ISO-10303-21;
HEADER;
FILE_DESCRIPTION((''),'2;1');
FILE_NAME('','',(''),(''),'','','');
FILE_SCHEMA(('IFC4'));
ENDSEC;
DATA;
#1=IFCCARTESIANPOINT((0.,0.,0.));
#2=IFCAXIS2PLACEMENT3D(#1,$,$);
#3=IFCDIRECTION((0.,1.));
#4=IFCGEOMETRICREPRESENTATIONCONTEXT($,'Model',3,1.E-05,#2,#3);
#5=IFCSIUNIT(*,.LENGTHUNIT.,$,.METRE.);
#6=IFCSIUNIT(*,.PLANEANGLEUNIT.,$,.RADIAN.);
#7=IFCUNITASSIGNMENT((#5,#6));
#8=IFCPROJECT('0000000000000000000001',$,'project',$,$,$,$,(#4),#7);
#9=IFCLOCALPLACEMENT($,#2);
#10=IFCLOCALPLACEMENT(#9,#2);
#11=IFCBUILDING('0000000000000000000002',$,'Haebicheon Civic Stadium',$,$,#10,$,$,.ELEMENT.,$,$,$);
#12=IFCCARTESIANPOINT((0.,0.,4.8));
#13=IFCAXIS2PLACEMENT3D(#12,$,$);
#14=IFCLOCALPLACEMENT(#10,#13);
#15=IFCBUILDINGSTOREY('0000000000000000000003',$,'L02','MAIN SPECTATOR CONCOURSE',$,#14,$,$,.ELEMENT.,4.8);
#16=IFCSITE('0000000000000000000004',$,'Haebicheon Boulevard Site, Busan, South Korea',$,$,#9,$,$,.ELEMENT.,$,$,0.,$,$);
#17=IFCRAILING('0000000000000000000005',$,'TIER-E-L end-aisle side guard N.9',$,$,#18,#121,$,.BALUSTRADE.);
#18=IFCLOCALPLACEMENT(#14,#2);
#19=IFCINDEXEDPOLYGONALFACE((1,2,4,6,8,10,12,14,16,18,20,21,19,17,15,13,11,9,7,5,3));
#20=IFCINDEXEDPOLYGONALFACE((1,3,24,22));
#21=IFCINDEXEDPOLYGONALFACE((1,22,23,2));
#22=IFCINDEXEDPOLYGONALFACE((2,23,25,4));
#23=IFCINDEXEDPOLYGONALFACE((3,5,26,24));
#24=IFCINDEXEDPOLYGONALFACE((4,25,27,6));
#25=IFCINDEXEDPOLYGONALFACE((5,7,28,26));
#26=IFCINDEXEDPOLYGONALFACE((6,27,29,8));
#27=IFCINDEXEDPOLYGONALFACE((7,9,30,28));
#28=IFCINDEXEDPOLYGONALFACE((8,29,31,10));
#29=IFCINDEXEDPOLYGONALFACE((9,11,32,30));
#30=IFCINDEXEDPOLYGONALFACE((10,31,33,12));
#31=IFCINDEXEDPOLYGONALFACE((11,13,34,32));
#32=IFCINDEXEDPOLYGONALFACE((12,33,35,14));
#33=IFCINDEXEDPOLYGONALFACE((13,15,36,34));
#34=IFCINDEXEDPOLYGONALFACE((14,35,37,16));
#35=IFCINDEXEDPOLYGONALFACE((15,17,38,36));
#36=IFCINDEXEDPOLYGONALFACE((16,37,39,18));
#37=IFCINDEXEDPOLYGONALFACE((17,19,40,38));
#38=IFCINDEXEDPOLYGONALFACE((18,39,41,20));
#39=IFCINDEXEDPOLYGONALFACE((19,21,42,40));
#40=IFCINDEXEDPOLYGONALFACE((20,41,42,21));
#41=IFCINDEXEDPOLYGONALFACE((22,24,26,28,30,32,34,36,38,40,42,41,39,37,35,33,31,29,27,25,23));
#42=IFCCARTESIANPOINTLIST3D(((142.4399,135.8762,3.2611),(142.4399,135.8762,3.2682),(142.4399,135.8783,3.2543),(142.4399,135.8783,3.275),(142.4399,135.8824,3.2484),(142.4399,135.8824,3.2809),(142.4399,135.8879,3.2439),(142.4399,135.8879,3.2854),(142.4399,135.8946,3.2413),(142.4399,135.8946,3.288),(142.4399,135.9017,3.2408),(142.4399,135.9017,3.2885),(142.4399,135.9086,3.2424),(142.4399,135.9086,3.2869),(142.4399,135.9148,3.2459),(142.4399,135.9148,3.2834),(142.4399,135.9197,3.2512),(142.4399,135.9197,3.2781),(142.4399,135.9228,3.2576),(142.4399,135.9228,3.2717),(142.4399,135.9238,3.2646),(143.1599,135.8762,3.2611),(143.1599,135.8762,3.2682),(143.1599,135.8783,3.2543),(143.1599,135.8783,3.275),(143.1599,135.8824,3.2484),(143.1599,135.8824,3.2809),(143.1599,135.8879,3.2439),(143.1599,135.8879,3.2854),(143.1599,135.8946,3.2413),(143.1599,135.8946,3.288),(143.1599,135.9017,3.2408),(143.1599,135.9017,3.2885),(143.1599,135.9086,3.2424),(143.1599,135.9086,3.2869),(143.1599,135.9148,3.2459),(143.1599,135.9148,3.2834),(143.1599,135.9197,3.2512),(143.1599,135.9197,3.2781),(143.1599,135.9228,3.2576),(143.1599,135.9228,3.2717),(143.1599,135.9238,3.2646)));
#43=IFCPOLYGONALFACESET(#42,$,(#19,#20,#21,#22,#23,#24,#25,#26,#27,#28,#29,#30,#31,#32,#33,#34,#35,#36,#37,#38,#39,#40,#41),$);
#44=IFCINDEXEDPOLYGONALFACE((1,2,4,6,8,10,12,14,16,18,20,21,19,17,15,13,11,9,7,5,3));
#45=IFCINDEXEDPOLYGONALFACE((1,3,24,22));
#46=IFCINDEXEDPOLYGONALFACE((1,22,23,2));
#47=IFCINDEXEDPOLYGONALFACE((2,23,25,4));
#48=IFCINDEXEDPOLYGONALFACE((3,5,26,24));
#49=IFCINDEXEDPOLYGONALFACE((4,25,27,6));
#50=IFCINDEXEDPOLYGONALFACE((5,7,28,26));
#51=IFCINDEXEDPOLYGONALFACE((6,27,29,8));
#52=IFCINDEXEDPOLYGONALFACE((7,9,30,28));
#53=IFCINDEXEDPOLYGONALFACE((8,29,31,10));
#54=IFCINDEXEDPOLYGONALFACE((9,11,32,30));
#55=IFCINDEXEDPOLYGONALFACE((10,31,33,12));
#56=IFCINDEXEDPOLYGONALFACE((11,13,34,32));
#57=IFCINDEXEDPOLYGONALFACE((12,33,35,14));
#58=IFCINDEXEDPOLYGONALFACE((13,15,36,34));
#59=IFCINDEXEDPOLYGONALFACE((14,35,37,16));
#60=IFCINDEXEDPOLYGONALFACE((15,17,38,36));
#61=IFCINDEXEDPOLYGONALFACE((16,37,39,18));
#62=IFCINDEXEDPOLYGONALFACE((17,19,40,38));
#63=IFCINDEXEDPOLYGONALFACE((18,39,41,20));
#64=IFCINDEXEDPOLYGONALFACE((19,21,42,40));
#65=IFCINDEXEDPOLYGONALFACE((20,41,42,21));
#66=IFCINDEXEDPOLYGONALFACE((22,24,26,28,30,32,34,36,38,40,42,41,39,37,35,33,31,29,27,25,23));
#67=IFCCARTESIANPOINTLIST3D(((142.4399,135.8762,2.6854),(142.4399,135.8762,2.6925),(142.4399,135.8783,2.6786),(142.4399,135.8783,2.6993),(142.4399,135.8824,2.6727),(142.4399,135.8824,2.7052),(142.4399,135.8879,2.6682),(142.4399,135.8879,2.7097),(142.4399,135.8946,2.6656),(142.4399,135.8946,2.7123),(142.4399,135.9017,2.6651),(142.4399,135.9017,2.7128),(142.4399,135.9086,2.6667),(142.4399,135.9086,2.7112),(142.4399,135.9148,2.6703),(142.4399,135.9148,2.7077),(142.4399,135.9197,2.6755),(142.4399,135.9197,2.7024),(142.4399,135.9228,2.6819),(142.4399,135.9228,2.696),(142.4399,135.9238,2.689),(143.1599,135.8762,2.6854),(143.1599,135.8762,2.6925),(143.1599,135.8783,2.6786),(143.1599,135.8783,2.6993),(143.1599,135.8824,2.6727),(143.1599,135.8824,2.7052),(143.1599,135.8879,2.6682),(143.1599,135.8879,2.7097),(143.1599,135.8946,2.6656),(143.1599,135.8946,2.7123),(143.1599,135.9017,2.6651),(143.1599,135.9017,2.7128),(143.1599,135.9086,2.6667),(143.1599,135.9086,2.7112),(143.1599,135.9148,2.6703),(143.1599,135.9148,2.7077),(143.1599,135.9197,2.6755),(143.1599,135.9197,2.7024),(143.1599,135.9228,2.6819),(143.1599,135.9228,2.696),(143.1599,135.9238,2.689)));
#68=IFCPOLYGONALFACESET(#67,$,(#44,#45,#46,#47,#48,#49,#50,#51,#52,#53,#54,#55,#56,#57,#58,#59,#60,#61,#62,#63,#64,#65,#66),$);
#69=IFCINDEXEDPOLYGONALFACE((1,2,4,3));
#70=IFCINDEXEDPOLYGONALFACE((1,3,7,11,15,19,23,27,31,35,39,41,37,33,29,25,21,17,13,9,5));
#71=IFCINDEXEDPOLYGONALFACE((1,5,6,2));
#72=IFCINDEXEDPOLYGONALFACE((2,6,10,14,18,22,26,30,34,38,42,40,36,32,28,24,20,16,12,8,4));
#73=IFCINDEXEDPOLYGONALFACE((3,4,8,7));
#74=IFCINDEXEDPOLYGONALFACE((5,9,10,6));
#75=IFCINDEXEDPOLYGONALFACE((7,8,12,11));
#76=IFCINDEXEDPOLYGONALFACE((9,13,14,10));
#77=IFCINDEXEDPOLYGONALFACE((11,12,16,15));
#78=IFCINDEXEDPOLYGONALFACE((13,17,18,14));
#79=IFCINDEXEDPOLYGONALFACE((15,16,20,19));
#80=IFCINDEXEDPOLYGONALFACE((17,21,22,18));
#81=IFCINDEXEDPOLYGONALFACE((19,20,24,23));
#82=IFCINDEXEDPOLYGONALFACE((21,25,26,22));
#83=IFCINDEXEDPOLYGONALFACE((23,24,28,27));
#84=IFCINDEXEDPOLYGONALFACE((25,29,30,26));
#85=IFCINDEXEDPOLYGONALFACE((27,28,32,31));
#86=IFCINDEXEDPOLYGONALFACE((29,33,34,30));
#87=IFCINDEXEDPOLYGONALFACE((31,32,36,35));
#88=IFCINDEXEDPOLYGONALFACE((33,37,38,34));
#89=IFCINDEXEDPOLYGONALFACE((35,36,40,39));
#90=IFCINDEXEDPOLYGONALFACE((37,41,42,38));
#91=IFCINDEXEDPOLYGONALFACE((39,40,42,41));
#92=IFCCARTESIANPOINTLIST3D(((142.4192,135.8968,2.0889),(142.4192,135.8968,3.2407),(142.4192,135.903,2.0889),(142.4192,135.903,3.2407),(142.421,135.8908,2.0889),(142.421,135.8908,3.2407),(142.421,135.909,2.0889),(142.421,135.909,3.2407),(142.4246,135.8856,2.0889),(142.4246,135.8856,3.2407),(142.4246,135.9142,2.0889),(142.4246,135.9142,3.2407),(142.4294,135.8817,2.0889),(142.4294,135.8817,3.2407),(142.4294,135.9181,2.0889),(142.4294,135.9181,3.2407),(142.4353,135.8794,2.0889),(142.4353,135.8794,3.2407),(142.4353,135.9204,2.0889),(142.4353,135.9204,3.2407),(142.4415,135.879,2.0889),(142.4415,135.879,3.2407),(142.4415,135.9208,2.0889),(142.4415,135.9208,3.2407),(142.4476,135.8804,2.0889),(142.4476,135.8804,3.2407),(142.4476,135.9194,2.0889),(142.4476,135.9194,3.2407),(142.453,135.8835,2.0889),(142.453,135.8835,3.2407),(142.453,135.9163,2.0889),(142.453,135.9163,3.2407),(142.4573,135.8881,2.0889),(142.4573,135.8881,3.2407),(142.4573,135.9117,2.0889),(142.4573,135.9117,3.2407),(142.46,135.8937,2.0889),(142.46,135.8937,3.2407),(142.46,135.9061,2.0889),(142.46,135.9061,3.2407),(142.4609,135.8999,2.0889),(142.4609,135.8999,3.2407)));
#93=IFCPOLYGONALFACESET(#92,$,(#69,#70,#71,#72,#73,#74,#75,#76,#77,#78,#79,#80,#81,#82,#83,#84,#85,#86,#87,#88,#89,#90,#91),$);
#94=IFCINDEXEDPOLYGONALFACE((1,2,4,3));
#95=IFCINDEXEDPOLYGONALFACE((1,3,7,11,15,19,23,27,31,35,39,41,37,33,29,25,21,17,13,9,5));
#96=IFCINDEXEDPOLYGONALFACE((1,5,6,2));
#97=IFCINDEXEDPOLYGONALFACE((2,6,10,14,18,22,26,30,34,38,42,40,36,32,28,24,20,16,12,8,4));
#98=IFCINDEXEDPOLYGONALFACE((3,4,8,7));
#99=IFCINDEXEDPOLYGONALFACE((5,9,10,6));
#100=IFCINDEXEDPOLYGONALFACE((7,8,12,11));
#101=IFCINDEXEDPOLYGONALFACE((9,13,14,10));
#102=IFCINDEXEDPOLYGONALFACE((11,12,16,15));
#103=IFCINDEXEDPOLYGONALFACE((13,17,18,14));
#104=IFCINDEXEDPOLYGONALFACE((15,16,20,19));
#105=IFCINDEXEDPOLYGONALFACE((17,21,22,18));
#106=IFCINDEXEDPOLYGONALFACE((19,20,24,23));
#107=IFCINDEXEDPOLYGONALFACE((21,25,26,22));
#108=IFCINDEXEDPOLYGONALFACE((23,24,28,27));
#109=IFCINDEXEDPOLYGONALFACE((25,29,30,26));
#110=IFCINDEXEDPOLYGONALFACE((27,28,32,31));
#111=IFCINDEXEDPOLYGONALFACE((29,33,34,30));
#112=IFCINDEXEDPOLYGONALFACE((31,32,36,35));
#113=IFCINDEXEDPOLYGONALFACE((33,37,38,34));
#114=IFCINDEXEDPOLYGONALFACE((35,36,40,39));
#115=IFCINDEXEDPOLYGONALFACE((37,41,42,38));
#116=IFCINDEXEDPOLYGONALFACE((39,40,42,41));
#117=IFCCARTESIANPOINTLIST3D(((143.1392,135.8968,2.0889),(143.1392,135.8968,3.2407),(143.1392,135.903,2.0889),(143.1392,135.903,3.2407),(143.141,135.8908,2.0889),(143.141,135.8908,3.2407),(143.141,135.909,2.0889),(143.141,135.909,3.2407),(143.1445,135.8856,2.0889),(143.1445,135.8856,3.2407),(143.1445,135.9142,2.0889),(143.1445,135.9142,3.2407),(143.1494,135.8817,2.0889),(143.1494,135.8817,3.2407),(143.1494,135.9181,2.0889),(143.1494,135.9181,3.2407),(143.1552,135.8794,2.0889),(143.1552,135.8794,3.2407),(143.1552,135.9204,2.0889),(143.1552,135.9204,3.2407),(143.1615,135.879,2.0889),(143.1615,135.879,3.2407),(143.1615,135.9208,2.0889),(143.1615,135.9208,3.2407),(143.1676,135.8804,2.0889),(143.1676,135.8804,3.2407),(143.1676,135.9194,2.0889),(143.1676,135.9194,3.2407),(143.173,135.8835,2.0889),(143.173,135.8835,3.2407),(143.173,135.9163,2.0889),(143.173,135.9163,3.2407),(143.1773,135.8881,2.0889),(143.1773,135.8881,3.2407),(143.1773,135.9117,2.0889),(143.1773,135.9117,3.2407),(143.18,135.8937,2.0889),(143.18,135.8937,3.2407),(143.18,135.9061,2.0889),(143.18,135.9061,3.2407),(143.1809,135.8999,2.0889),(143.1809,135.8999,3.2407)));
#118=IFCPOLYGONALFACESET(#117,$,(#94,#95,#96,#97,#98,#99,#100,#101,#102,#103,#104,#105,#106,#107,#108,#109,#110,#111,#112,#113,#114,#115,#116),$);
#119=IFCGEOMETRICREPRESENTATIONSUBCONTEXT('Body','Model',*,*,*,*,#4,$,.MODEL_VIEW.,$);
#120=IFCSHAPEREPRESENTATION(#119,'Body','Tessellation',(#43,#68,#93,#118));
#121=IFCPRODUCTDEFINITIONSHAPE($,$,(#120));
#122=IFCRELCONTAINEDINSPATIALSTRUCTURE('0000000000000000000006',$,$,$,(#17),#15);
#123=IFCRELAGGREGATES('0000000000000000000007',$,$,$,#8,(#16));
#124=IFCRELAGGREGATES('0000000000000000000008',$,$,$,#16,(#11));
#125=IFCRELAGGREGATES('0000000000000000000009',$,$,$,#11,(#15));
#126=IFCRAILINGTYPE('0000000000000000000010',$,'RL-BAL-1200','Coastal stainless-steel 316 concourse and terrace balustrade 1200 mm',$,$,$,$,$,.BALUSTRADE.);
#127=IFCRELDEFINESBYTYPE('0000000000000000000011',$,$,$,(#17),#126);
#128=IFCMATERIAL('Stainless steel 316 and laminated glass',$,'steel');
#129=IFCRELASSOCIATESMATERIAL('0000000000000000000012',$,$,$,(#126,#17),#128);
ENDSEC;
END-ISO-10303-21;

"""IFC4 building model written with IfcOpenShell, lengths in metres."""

from ifc_helpers import new_model, si_unit, direction, frame, origin, origin_2d, place, context, subcontext, project, spatial, circle, extrude, material, type_object, element, save


model = new_model("IFC4")

# Units and contexts
model_context = context("Model", 3, precision=1e-05, world=origin(), true_north=direction((0.0, 1.0)))
body_context = subcontext(model_context, "Body", "Model", "MODEL_VIEW")
ifc_project = project(units=[si_unit("LENGTHUNIT", "METRE"), si_unit("PLANEANGLEUNIT", "RADIAN")], contexts=[model_context])

# Site, building, storey
site_placement = place(None, origin())
site = spatial("IfcSite", under=ifc_project, at=site_placement, Name="Haebicheon Boulevard Site, Busan, South Korea", CompositionType="ELEMENT", RefElevation=0.0)
building_placement = place(site_placement, origin())
building = spatial("IfcBuilding", under=site, at=building_placement, Name="Haebicheon Civic Stadium", CompositionType="ELEMENT")
storey_placement = place(building_placement, frame((0.0, 0.0, 4.8)))
storey = spatial("IfcBuildingStorey", under=building, at=storey_placement, Name="L02", Description="MAIN SPECTATOR CONCOURSE", CompositionType="ELEMENT", Elevation=4.8)

# Railing
ifc_material_1 = material(Name="Stainless steel 316 and laminated glass", Category="steel")
railing_type = type_object("IfcRailingType", Name="RL-BAL-1200", Description="Coastal stainless-steel 316 concourse and terrace balustrade 1200 mm", PredefinedType="BALUSTRADE", material=ifc_material_1)
for number, where, name in (
    (1, (142.4399, 135.8999, 2.0889), "TIER-E-L end-aisle side guard N.9"),
):
    element("IfcRailing", number, at=place(storey_placement, frame(where)), inside=storey, type_object=railing_type, material=ifc_material_1, Name=name, PredefinedType="BALUSTRADE", context=body_context, shape_type="SweptSolid", body=[
        extrude(circle(Radius=0.0239, at=origin_2d()), frame((0.0, 0.0, 1.1758), z_axis=(1.0, 0.0, 0.0), x_axis=(0.0, 1.0, 0.0)), (0.0, 0.0, 1.0), 0.72),
        extrude(circle(Radius=0.0239, at=origin_2d()), frame((0.0, 0.0, 0.6001), z_axis=(1.0, 0.0, 0.0), x_axis=(0.0, 1.0, 0.0)), (0.0, 0.0, 1.0), 0.72),
        extrude(circle(Radius=0.021, at=origin_2d()), origin(), (0.0, 0.0, 1.0), 1.1519),
        extrude(circle(Radius=0.021, at=origin_2d()), frame((0.72, 0.0, 0.0)), (0.0, 0.0, 1.0), 1.1519),
    ])

save(model, "model.ifc")
